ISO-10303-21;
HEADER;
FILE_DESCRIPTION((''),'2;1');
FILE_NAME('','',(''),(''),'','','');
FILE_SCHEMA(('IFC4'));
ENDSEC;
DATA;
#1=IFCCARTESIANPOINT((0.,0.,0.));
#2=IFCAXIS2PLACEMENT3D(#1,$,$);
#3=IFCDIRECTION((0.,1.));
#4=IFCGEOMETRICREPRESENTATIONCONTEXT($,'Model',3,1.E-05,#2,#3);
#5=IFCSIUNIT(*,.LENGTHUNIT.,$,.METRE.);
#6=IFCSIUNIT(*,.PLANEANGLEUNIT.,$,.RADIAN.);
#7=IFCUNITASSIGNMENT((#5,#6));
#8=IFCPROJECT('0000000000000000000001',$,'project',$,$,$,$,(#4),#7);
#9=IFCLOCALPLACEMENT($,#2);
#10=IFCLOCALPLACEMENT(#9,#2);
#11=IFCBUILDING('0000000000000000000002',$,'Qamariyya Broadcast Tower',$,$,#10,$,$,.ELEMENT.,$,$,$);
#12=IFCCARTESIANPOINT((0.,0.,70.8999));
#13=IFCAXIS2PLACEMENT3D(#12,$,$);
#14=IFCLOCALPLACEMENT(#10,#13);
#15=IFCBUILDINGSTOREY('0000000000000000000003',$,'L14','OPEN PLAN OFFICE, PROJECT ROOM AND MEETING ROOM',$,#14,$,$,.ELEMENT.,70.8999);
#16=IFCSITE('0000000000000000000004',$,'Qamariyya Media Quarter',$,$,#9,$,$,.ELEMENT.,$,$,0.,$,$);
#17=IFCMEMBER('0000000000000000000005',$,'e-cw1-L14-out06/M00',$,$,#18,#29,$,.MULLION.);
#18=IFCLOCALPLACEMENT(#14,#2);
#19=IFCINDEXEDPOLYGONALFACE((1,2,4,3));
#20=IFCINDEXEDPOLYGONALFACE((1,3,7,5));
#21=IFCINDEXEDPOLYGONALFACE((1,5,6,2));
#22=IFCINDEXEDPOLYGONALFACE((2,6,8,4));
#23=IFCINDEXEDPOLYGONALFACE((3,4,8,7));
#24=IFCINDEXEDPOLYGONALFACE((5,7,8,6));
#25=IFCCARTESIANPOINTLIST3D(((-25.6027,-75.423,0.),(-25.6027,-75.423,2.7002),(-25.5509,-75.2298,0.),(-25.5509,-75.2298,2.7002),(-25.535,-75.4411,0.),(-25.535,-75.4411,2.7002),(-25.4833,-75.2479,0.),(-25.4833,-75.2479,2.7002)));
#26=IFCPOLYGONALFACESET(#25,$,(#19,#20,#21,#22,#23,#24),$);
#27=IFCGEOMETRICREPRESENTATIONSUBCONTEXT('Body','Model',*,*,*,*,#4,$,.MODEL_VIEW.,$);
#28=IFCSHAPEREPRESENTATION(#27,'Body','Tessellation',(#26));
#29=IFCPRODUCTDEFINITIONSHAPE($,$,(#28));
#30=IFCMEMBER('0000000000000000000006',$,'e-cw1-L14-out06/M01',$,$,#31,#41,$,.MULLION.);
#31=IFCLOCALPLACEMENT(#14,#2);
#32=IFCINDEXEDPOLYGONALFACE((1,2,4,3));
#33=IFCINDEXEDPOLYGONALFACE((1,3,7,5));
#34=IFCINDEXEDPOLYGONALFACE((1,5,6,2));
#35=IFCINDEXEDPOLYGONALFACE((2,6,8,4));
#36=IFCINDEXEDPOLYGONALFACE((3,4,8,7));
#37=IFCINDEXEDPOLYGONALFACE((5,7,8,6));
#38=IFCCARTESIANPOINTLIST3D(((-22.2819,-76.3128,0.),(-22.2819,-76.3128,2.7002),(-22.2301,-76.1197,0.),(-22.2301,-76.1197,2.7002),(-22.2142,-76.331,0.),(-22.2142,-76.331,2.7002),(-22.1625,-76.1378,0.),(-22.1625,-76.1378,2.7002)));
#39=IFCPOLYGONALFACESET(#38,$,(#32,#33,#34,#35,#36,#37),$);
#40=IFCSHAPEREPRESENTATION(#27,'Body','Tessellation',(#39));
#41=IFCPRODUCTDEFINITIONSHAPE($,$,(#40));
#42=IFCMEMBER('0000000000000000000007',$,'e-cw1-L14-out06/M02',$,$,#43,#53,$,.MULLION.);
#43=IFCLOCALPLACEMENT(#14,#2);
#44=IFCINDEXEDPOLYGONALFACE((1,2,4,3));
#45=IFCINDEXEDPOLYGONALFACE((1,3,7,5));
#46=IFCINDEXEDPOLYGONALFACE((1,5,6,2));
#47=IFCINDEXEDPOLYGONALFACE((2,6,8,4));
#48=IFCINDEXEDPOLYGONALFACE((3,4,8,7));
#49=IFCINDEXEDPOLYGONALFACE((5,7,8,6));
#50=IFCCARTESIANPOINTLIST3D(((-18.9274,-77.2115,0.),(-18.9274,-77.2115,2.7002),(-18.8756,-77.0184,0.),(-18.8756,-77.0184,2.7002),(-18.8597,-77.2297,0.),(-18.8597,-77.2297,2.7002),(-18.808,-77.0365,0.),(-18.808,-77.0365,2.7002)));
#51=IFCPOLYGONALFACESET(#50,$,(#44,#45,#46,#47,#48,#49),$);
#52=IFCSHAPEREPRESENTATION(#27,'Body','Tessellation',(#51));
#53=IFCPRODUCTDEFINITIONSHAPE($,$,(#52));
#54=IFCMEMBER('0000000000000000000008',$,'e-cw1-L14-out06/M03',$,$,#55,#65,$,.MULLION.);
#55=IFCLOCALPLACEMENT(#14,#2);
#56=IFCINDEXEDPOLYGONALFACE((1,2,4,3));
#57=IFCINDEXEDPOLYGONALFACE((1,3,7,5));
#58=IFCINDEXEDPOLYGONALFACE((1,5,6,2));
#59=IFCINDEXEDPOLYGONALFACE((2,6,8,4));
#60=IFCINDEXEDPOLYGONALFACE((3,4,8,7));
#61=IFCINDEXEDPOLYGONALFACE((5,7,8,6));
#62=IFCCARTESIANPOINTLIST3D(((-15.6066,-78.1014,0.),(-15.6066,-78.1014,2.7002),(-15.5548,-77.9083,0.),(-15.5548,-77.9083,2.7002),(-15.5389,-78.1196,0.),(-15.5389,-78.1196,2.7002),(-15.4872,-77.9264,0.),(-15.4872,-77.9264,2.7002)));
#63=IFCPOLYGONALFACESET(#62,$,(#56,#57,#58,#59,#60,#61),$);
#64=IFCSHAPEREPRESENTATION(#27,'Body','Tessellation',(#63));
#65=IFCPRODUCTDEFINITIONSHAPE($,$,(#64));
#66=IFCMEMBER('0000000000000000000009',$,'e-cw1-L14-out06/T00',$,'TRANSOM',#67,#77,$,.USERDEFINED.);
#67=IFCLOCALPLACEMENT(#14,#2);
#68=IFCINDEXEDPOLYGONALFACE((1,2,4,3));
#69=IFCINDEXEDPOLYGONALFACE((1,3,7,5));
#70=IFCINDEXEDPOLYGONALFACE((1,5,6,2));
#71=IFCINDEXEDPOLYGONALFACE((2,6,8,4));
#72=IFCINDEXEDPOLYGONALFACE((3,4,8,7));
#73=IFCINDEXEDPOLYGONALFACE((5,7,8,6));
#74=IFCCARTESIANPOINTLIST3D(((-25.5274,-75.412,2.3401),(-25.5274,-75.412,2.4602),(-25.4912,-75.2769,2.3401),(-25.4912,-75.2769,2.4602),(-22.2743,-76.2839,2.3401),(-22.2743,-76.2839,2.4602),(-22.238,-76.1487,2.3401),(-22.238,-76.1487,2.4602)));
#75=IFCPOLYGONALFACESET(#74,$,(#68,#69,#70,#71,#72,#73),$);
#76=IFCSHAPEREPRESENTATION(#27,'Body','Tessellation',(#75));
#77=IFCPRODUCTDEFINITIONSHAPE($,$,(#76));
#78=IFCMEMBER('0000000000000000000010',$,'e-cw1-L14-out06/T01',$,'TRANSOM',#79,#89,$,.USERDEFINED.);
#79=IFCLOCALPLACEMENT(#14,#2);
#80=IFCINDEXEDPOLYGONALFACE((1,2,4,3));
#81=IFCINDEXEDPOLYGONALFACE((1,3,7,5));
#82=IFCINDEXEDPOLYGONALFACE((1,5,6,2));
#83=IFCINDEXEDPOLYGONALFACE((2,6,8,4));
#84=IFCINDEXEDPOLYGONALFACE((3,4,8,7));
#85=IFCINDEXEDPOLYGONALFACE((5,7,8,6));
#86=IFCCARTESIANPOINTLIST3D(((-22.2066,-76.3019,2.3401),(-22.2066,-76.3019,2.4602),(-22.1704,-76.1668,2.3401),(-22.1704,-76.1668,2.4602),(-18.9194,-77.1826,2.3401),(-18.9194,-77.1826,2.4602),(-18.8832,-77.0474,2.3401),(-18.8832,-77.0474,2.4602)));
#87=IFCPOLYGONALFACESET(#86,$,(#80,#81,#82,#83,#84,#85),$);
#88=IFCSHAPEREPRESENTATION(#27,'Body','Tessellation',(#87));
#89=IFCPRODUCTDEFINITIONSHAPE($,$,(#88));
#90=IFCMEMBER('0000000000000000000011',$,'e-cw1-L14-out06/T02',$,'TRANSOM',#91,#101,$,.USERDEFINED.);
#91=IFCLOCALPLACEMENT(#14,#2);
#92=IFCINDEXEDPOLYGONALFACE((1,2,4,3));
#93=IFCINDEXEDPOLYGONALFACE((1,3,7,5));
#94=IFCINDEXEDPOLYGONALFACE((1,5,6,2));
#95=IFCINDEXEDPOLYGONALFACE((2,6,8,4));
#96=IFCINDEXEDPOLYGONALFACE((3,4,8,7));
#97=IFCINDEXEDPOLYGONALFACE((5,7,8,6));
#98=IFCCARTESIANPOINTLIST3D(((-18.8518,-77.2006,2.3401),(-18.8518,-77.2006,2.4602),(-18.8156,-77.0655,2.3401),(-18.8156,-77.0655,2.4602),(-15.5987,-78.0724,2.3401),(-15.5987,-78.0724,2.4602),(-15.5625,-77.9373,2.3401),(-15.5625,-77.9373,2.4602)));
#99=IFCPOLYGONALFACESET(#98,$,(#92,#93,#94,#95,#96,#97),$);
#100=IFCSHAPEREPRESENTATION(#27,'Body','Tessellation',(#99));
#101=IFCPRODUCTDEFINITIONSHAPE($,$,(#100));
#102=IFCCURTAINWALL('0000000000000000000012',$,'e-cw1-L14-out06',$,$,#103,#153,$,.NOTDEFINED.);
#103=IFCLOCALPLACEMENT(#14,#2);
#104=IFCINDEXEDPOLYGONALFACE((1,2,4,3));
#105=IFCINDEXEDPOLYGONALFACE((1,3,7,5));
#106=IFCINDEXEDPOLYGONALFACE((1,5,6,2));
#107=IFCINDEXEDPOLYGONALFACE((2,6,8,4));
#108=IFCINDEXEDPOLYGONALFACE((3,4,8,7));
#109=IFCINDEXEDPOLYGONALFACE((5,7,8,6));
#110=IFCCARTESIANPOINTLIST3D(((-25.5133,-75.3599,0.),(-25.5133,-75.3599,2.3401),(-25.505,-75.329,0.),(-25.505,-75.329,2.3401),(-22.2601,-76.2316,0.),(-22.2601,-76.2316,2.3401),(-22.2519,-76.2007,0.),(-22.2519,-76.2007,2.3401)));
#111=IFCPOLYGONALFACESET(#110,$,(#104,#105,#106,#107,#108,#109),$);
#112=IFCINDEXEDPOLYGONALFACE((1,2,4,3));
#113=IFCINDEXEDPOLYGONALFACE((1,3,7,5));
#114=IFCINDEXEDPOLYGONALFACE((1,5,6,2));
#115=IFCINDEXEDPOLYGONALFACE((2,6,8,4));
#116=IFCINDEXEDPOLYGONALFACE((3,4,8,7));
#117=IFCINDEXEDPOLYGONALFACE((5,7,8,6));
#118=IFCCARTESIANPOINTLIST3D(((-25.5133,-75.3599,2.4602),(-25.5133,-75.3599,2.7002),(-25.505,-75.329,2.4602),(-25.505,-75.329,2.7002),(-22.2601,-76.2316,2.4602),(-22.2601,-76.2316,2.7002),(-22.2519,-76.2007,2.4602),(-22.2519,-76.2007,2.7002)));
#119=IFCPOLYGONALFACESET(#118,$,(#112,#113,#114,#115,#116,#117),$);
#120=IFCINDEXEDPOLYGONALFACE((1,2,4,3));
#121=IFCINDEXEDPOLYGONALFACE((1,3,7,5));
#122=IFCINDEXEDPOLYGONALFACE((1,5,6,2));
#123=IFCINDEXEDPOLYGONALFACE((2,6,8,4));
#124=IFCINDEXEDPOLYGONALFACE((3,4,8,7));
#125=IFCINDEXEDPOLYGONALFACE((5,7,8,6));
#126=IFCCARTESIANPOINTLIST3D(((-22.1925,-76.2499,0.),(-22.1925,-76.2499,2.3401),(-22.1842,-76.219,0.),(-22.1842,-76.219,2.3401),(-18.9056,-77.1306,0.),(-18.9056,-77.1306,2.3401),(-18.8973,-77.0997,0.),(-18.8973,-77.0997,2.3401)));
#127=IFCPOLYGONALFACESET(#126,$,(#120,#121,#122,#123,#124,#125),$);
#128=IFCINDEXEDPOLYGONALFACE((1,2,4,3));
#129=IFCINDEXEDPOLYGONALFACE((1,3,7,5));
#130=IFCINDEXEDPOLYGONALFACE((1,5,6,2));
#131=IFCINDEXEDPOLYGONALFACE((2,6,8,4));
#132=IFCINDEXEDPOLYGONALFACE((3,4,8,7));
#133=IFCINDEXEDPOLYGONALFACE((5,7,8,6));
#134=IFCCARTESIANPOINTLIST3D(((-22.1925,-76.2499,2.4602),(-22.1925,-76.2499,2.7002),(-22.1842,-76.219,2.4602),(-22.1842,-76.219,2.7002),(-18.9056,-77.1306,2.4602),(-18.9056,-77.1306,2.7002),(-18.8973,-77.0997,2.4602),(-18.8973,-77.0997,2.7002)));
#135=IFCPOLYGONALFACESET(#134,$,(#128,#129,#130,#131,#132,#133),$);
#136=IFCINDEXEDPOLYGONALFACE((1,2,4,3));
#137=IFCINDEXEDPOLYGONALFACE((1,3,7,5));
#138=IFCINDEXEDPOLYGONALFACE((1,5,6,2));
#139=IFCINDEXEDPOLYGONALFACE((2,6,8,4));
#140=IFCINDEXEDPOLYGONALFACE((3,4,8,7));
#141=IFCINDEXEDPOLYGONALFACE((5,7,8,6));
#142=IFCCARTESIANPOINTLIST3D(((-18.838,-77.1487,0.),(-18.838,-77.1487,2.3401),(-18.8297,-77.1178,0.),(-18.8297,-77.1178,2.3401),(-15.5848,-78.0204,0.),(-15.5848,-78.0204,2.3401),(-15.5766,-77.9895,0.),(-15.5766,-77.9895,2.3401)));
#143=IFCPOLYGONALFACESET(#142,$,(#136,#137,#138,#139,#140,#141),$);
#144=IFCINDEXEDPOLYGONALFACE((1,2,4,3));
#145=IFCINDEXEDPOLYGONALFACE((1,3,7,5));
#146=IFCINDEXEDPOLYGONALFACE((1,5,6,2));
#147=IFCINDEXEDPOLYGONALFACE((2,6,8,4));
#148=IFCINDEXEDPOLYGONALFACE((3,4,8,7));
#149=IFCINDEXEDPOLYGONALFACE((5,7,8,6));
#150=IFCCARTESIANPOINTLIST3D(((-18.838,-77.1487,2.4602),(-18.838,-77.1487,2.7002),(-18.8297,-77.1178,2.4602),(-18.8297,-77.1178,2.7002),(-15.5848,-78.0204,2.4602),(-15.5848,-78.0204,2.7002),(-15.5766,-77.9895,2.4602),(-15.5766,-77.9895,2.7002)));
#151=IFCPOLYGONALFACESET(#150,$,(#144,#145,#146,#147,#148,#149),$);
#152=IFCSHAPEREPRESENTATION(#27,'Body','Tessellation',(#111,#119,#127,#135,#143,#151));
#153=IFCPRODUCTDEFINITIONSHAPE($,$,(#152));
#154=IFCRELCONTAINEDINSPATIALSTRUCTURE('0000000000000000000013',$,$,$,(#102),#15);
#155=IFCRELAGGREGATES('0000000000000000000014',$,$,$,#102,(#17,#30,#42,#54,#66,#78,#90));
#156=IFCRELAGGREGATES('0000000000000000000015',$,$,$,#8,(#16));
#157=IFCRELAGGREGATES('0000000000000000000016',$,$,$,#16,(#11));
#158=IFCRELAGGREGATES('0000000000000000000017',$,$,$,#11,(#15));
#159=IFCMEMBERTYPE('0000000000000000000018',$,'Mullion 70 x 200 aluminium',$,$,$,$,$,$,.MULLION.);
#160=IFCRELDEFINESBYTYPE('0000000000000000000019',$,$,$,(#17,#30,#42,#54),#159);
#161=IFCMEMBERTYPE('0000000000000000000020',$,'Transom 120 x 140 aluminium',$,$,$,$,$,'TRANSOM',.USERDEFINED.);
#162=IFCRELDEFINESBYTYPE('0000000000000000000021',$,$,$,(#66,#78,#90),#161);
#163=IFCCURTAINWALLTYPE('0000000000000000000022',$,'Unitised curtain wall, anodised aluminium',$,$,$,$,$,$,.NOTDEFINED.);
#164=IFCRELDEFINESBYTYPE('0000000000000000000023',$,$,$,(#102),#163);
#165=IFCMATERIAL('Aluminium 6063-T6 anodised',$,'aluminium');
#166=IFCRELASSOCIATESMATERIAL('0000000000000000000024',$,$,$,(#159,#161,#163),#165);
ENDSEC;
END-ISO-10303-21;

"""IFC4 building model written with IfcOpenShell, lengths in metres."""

from ifc_helpers import new_model, si_unit, direction, frame, origin, origin_2d, place, context, subcontext, project, spatial, rectangle, extrude, material, material_profile, profile_set, type_object, element, aggregate, save


model = new_model("IFC4")

# Units and contexts
model_context = context("Model", 3, precision=1e-05, world=origin(), true_north=direction((0.0, 1.0)))
body_context = subcontext(model_context, "Body", "Model", "MODEL_VIEW")
ifc_project = project(units=[si_unit("LENGTHUNIT", "METRE"), si_unit("PLANEANGLEUNIT", "RADIAN")], contexts=[model_context])

# Members
ifc_material = material(Name="Aluminium 6063-T6 anodised", Category="aluminium")
ifc_material_profile_1 = material_profile(ifc_material, rectangle(XDim=0.2, YDim=0.0701, at=origin_2d()))
ifc_profile_set_1 = profile_set([ifc_material_profile_1], Name="Aluminium 6063-T6 anodised")
member_type_1 = type_object("IfcMemberType", Name="Mullion 70 x 200 aluminium", PredefinedType="MULLION", material=ifc_profile_set_1)
site_placement = place(None, origin())
building_placement = place(site_placement, origin())
storey_placement = place(building_placement, frame((0.0, 0.0, 70.8999)))
member_1_placement = place(storey_placement, frame((-25.543, -75.3354, 0.0), z_axis=(0.0, 0.0, 1.0), x_axis=(0.258819, 0.965926, 0.0)))
member_1 = element("IfcMember", 1, at=member_1_placement, type_object=member_type_1, Name="e-cw1-L14-out06/M00", PredefinedType="MULLION", context=body_context, shape_type="SweptSolid", body=[
    extrude(rectangle(XDim=0.2, YDim=0.0701, at=origin_2d()), origin(), (0.0, 0.0, 1.0), 2.7002),
])
member_2_placement = place(storey_placement, frame((-22.2222, -76.2253, 0.0), z_axis=(0.0, 0.0, 1.0), x_axis=(0.258819, 0.965926, 0.0)))
member_2 = element("IfcMember", 2, at=member_2_placement, type_object=member_type_1, Name="e-cw1-L14-out06/M01", PredefinedType="MULLION", context=body_context, shape_type="SweptSolid", body=[
    extrude(rectangle(XDim=0.2, YDim=0.0701, at=origin_2d()), origin(), (0.0, 0.0, 1.0), 2.7002),
])
member_3_placement = place(storey_placement, frame((-18.8677, -77.124, 0.0), z_axis=(0.0, 0.0, 1.0), x_axis=(0.258819, 0.965926, 0.0)))
member_3 = element("IfcMember", 3, at=member_3_placement, type_object=member_type_1, Name="e-cw1-L14-out06/M02", PredefinedType="MULLION", context=body_context, shape_type="SweptSolid", body=[
    extrude(rectangle(XDim=0.2, YDim=0.0701, at=origin_2d()), origin(), (0.0, 0.0, 1.0), 2.7002),
])
member_4_placement = place(storey_placement, frame((-15.5469, -78.0139, 0.0), z_axis=(0.0, 0.0, 1.0), x_axis=(0.258819, 0.965926, 0.0)))
member_4 = element("IfcMember", 4, at=member_4_placement, type_object=member_type_1, Name="e-cw1-L14-out06/M03", PredefinedType="MULLION", context=body_context, shape_type="SweptSolid", body=[
    extrude(rectangle(XDim=0.2, YDim=0.0701, at=origin_2d()), origin(), (0.0, 0.0, 1.0), 2.7002),
])
ifc_material_profile_2 = material_profile(ifc_material, rectangle(XDim=0.1399, YDim=0.1201, at=origin_2d()))
ifc_profile_set_2 = profile_set([ifc_material_profile_2], Name="Aluminium 6063-T6 anodised")
member_type_2 = type_object("IfcMemberType", Name="Transom 120 x 140 aluminium", ElementType="TRANSOM", PredefinedType="USERDEFINED", material=ifc_profile_set_2)
member_5_placement = place(storey_placement, frame((-25.5093, -75.3445, 2.4001), z_axis=(0.965915, -0.258858, 0.0), x_axis=(0.258858, 0.965915, 0.0)))
member_5 = element("IfcMember", 5, at=member_5_placement, type_object=member_type_2, Name="e-cw1-L14-out06/T00", ObjectType="TRANSOM", PredefinedType="USERDEFINED", context=body_context, shape_type="SweptSolid", body=[
    extrude(rectangle(XDim=0.1399, YDim=0.1201, at=origin_2d()), origin(), (0.0, 0.0, 1.0), 3.3679),
])
member_6_placement = place(storey_placement, frame((-22.1885, -76.2344, 2.4001), z_axis=(0.965938, -0.258774, 0.0), x_axis=(0.258774, 0.965938, 0.0)))
member_6 = element("IfcMember", 6, at=member_6_placement, type_object=member_type_2, Name="e-cw1-L14-out06/T01", ObjectType="TRANSOM", PredefinedType="USERDEFINED", context=body_context, shape_type="SweptSolid", body=[
    extrude(rectangle(XDim=0.1399, YDim=0.1201, at=origin_2d()), origin(), (0.0, 0.0, 1.0), 3.4031),
])
member_7_placement = place(storey_placement, frame((-18.8337, -77.1331, 2.4001), z_axis=(0.965915, -0.258858, 0.0), x_axis=(0.258858, 0.965915, 0.0)))
member_7 = element("IfcMember", 7, at=member_7_placement, type_object=member_type_2, Name="e-cw1-L14-out06/T02", ObjectType="TRANSOM", PredefinedType="USERDEFINED", context=body_context, shape_type="SweptSolid", body=[
    extrude(rectangle(XDim=0.1399, YDim=0.1201, at=origin_2d()), origin(), (0.0, 0.0, 1.0), 3.3679),
])

# Site, building, storey
site = spatial("IfcSite", under=ifc_project, at=site_placement, Name="Qamariyya Media Quarter", CompositionType="ELEMENT", RefElevation=0.0)
building = spatial("IfcBuilding", under=site, at=building_placement, Name="Qamariyya Broadcast Tower", CompositionType="ELEMENT")
storey = spatial("IfcBuildingStorey", under=building, at=storey_placement, Name="L14", Description="OPEN PLAN OFFICE, PROJECT ROOM AND MEETING ROOM", CompositionType="ELEMENT", Elevation=70.8999)

# Curtain wall
curtain_wall_type = type_object("IfcCurtainWallType", Name="Unitised curtain wall, anodised aluminium", PredefinedType="NOTDEFINED", material=ifc_material)
curtain_wall_1_placement = place(storey_placement, origin())
curtain_wall_1 = element("IfcCurtainWall", 8, at=curtain_wall_1_placement, inside=storey, type_object=curtain_wall_type, Name="e-cw1-L14-out06", PredefinedType="NOTDEFINED", context=body_context, shape_type="SweptSolid", body=[
    extrude(rectangle(XDim=3.3679, YDim=0.032, at=origin_2d()), frame((-23.8826, -75.7803, 0.0), x_axis=(0.965925, -0.258822, 0.0)), (0.0, 0.0, 1.0), 2.3401),
    extrude(rectangle(XDim=3.3679, YDim=0.032, at=origin_2d()), frame((-23.8826, -75.7803, 2.4602), x_axis=(0.965925, -0.258822, 0.0)), (0.0, 0.0, 1.0), 0.24),
    extrude(rectangle(XDim=3.4028, YDim=0.032, at=origin_2d()), frame((-20.5449, -76.6748, 0.0), x_axis=(0.965925, -0.258822, 0.0)), (0.0, 0.0, 1.0), 2.3401),
    extrude(rectangle(XDim=3.4028, YDim=0.032, at=origin_2d()), frame((-20.5449, -76.6748, 2.4602), x_axis=(0.965925, -0.258822, 0.0)), (0.0, 0.0, 1.0), 0.24),
    extrude(rectangle(XDim=3.3679, YDim=0.032, at=origin_2d()), frame((-17.2073, -77.5691, 0.0), x_axis=(0.965925, -0.258822, 0.0)), (0.0, 0.0, 1.0), 2.3401),
    extrude(rectangle(XDim=3.3679, YDim=0.032, at=origin_2d()), frame((-17.2073, -77.5691, 2.4602), x_axis=(0.965925, -0.258822, 0.0)), (0.0, 0.0, 1.0), 0.24),
])
aggregate(curtain_wall_1, [member_1, member_2, member_3, member_4, member_5, member_6, member_7])

save(model, "model.ifc")
